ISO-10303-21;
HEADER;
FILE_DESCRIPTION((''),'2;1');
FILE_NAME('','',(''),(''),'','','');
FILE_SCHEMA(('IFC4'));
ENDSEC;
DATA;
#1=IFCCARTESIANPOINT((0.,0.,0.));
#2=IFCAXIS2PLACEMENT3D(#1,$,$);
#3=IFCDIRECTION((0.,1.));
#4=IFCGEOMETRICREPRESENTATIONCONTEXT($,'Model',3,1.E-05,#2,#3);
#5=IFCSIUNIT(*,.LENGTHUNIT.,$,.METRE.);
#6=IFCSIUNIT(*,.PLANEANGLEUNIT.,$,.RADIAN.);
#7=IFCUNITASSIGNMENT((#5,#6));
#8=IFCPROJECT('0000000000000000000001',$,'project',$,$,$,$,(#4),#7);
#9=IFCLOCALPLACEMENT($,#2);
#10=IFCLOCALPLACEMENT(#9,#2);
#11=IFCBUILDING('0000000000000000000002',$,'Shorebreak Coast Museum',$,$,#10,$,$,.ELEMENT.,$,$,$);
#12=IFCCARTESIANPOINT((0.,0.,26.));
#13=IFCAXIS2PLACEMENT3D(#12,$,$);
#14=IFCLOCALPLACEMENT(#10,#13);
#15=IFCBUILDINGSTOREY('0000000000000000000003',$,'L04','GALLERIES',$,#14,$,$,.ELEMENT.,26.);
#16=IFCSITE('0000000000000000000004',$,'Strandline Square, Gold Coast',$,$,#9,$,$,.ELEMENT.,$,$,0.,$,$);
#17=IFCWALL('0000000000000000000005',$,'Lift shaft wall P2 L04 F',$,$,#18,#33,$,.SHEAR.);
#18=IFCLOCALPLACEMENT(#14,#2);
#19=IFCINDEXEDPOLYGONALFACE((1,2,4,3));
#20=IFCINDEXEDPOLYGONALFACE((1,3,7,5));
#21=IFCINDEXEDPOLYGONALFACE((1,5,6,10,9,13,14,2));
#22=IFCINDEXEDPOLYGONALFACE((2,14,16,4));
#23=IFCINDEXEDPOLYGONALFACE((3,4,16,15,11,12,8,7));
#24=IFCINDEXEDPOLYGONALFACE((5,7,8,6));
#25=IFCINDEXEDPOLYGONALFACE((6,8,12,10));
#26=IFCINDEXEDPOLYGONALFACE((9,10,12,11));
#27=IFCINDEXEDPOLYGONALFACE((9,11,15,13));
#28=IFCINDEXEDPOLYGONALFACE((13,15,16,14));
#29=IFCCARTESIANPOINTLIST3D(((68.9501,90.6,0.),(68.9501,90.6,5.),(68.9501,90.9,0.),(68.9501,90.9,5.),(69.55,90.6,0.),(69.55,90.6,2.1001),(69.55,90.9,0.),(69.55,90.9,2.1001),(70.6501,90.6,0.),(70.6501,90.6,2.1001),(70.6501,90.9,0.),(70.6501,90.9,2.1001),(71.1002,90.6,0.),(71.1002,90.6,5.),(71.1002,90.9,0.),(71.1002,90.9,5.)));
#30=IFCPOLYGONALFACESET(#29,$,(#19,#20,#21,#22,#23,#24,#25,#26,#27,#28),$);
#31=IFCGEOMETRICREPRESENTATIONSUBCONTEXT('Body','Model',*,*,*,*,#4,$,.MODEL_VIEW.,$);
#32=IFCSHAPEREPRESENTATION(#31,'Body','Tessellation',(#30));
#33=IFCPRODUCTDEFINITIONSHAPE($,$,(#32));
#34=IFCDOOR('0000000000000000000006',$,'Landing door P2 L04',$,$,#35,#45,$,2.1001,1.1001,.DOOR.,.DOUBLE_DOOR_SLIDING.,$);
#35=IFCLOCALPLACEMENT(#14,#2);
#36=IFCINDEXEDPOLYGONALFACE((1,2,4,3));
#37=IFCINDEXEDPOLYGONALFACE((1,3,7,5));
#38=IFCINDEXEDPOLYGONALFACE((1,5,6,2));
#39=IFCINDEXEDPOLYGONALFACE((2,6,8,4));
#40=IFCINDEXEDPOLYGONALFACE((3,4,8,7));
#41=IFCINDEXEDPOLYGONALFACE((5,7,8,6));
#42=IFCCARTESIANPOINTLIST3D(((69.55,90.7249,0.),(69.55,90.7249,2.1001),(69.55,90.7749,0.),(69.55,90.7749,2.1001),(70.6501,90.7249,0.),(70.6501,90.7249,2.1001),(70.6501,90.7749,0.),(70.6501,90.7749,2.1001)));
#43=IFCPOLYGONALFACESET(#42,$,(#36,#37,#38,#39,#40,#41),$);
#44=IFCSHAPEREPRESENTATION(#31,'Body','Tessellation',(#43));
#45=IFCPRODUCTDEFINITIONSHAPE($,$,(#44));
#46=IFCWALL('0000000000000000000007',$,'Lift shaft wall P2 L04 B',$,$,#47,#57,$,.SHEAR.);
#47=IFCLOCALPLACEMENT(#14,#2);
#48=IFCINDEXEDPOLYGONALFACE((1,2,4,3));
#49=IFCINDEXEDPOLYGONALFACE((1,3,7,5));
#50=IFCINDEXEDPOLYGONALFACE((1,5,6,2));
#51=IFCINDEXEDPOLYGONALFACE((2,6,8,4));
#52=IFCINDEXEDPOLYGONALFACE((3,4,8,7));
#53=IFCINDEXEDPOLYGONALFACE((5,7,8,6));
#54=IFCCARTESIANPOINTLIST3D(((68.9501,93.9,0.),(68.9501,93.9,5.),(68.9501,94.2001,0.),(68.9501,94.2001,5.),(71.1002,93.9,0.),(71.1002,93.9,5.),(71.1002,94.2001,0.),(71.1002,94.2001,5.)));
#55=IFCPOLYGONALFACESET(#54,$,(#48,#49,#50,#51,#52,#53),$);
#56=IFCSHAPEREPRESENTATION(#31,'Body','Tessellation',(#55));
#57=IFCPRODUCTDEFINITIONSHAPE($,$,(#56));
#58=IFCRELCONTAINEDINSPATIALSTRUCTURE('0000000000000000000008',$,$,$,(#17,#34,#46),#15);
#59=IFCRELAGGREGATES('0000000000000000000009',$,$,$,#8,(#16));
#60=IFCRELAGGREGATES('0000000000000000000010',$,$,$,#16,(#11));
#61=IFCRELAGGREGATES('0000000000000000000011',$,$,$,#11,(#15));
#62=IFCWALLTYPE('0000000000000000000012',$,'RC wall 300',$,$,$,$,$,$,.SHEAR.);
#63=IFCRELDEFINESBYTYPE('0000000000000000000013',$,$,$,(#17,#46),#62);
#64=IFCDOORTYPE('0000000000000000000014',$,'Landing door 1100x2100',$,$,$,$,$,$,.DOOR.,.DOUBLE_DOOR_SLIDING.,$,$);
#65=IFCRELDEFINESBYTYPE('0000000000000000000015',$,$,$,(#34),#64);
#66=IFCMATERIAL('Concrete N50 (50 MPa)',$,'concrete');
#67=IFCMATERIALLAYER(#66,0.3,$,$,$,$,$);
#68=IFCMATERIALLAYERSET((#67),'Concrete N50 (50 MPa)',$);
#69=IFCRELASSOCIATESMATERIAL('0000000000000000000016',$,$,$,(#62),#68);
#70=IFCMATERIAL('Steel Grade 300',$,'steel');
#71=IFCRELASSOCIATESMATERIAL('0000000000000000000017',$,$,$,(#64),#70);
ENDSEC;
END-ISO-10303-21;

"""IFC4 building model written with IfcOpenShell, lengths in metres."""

from ifc_helpers import new_model, si_unit, direction, frame, frame_2d, origin, place, context, subcontext, project, spatial, rectangle, extrude, material, layer, layer_set, type_object, element, fill, save


model = new_model("IFC4")

# Units and contexts
model_context = context("Model", 3, precision=1e-05, world=origin(), true_north=direction((0.0, 1.0)))
body_context = subcontext(model_context, "Body", "Model", "MODEL_VIEW")
ifc_project = project(units=[si_unit("LENGTHUNIT", "METRE"), si_unit("PLANEANGLEUNIT", "RADIAN")], contexts=[model_context])

# Site, building, storey
site_placement = place(None, origin())
site = spatial("IfcSite", under=ifc_project, at=site_placement, Name="Strandline Square, Gold Coast", CompositionType="ELEMENT", RefElevation=0.0)
building_placement = place(site_placement, origin())
building = spatial("IfcBuilding", under=site, at=building_placement, Name="Shorebreak Coast Museum", CompositionType="ELEMENT")
storey_placement = place(building_placement, frame((0.0, 0.0, 26.0)))
storey = spatial("IfcBuildingStorey", under=building, at=storey_placement, Name="L04", Description="GALLERIES", CompositionType="ELEMENT", Elevation=26.0)

# Shared definitions
ifc_material_1 = material(Name="Concrete N50 (50 MPa)", Category="concrete")
ifc_layer_1 = layer(ifc_material_1, 0.3)
ifc_layer_set_1 = layer_set([ifc_layer_1], Name="Concrete N50 (50 MPa)")
wall_type_1 = type_object("IfcWallType", Name="RC wall 300", PredefinedType="SHEAR", material=ifc_layer_set_1)

# Wall, opening, door
wall_1_placement = place(storey_placement, frame((68.95, 90.75, 0.0), z_axis=(0.0, 0.0, 1.0), x_axis=(1.0, 0.0, 0.0)))
wall_1 = element("IfcWall", 1, at=wall_1_placement, inside=storey, type_object=wall_type_1, Name="Lift shaft wall P2 L04 F", PredefinedType="SHEAR", context=body_context, shape_type="SweptSolid", body=[
    extrude(rectangle(XDim=2.1501, YDim=0.3, at=frame_2d((1.0752, 0.0))), origin(), (0.0, 0.0, 1.0), 5.0),
])
opening_1_placement = place(wall_1_placement, frame((0.6001, 0.0, 0.0)))
opening_1 = element("IfcOpeningElement", 2, at=opening_1_placement, cuts=wall_1, PredefinedType="OPENING", context=body_context, shape_type="SweptSolid", body=[
    extrude(rectangle(XDim=1.1001, YDim=2.1001, at=frame_2d((0.55, 1.05))), frame((0.0, 0.1599, 0.0), z_axis=(0.0, -1.0, 0.0), x_axis=(1.0, 0.0, 0.0)), (0.0, 0.0, 1.0), 0.3201),
])
ifc_material_2 = material(Name="Steel Grade 300", Category="steel")
door_type_1 = type_object("IfcDoorType", Name="Landing door 1100x2100", OperationType="DOUBLE_DOOR_SLIDING", PredefinedType="DOOR", material=ifc_material_2)
door_1_placement = place(opening_1_placement, origin())
door_1 = element("IfcDoor", 3, at=door_1_placement, inside=storey, type_object=door_type_1, Name="Landing door P2 L04", OperationType="DOUBLE_DOOR_SLIDING", OverallHeight=2.1001, OverallWidth=1.1001, PredefinedType="DOOR", context=body_context, shape_type="SweptSolid", body=[
    extrude(rectangle(XDim=1.1001, YDim=2.1001, at=frame_2d((0.55, 1.05))), frame((0.0, 0.0249, 0.0), z_axis=(0.0, -1.0, 0.0), x_axis=(1.0, 0.0, 0.0)), (0.0, 0.0, 1.0), 0.05),
])
fill(opening_1, door_1)

# Wall
wall_2_placement = place(storey_placement, frame((68.95, 94.05, 0.0), z_axis=(0.0, 0.0, 1.0), x_axis=(1.0, 0.0, 0.0)))
element("IfcWall", 4, at=wall_2_placement, inside=storey, type_object=wall_type_1, Name="Lift shaft wall P2 L04 B", PredefinedType="SHEAR", context=body_context, shape_type="SweptSolid", body=[
    extrude(rectangle(XDim=2.1501, YDim=0.3, at=frame_2d((1.0752, 0.0))), origin(), (0.0, 0.0, 1.0), 5.0),
])

save(model, "model.ifc")
